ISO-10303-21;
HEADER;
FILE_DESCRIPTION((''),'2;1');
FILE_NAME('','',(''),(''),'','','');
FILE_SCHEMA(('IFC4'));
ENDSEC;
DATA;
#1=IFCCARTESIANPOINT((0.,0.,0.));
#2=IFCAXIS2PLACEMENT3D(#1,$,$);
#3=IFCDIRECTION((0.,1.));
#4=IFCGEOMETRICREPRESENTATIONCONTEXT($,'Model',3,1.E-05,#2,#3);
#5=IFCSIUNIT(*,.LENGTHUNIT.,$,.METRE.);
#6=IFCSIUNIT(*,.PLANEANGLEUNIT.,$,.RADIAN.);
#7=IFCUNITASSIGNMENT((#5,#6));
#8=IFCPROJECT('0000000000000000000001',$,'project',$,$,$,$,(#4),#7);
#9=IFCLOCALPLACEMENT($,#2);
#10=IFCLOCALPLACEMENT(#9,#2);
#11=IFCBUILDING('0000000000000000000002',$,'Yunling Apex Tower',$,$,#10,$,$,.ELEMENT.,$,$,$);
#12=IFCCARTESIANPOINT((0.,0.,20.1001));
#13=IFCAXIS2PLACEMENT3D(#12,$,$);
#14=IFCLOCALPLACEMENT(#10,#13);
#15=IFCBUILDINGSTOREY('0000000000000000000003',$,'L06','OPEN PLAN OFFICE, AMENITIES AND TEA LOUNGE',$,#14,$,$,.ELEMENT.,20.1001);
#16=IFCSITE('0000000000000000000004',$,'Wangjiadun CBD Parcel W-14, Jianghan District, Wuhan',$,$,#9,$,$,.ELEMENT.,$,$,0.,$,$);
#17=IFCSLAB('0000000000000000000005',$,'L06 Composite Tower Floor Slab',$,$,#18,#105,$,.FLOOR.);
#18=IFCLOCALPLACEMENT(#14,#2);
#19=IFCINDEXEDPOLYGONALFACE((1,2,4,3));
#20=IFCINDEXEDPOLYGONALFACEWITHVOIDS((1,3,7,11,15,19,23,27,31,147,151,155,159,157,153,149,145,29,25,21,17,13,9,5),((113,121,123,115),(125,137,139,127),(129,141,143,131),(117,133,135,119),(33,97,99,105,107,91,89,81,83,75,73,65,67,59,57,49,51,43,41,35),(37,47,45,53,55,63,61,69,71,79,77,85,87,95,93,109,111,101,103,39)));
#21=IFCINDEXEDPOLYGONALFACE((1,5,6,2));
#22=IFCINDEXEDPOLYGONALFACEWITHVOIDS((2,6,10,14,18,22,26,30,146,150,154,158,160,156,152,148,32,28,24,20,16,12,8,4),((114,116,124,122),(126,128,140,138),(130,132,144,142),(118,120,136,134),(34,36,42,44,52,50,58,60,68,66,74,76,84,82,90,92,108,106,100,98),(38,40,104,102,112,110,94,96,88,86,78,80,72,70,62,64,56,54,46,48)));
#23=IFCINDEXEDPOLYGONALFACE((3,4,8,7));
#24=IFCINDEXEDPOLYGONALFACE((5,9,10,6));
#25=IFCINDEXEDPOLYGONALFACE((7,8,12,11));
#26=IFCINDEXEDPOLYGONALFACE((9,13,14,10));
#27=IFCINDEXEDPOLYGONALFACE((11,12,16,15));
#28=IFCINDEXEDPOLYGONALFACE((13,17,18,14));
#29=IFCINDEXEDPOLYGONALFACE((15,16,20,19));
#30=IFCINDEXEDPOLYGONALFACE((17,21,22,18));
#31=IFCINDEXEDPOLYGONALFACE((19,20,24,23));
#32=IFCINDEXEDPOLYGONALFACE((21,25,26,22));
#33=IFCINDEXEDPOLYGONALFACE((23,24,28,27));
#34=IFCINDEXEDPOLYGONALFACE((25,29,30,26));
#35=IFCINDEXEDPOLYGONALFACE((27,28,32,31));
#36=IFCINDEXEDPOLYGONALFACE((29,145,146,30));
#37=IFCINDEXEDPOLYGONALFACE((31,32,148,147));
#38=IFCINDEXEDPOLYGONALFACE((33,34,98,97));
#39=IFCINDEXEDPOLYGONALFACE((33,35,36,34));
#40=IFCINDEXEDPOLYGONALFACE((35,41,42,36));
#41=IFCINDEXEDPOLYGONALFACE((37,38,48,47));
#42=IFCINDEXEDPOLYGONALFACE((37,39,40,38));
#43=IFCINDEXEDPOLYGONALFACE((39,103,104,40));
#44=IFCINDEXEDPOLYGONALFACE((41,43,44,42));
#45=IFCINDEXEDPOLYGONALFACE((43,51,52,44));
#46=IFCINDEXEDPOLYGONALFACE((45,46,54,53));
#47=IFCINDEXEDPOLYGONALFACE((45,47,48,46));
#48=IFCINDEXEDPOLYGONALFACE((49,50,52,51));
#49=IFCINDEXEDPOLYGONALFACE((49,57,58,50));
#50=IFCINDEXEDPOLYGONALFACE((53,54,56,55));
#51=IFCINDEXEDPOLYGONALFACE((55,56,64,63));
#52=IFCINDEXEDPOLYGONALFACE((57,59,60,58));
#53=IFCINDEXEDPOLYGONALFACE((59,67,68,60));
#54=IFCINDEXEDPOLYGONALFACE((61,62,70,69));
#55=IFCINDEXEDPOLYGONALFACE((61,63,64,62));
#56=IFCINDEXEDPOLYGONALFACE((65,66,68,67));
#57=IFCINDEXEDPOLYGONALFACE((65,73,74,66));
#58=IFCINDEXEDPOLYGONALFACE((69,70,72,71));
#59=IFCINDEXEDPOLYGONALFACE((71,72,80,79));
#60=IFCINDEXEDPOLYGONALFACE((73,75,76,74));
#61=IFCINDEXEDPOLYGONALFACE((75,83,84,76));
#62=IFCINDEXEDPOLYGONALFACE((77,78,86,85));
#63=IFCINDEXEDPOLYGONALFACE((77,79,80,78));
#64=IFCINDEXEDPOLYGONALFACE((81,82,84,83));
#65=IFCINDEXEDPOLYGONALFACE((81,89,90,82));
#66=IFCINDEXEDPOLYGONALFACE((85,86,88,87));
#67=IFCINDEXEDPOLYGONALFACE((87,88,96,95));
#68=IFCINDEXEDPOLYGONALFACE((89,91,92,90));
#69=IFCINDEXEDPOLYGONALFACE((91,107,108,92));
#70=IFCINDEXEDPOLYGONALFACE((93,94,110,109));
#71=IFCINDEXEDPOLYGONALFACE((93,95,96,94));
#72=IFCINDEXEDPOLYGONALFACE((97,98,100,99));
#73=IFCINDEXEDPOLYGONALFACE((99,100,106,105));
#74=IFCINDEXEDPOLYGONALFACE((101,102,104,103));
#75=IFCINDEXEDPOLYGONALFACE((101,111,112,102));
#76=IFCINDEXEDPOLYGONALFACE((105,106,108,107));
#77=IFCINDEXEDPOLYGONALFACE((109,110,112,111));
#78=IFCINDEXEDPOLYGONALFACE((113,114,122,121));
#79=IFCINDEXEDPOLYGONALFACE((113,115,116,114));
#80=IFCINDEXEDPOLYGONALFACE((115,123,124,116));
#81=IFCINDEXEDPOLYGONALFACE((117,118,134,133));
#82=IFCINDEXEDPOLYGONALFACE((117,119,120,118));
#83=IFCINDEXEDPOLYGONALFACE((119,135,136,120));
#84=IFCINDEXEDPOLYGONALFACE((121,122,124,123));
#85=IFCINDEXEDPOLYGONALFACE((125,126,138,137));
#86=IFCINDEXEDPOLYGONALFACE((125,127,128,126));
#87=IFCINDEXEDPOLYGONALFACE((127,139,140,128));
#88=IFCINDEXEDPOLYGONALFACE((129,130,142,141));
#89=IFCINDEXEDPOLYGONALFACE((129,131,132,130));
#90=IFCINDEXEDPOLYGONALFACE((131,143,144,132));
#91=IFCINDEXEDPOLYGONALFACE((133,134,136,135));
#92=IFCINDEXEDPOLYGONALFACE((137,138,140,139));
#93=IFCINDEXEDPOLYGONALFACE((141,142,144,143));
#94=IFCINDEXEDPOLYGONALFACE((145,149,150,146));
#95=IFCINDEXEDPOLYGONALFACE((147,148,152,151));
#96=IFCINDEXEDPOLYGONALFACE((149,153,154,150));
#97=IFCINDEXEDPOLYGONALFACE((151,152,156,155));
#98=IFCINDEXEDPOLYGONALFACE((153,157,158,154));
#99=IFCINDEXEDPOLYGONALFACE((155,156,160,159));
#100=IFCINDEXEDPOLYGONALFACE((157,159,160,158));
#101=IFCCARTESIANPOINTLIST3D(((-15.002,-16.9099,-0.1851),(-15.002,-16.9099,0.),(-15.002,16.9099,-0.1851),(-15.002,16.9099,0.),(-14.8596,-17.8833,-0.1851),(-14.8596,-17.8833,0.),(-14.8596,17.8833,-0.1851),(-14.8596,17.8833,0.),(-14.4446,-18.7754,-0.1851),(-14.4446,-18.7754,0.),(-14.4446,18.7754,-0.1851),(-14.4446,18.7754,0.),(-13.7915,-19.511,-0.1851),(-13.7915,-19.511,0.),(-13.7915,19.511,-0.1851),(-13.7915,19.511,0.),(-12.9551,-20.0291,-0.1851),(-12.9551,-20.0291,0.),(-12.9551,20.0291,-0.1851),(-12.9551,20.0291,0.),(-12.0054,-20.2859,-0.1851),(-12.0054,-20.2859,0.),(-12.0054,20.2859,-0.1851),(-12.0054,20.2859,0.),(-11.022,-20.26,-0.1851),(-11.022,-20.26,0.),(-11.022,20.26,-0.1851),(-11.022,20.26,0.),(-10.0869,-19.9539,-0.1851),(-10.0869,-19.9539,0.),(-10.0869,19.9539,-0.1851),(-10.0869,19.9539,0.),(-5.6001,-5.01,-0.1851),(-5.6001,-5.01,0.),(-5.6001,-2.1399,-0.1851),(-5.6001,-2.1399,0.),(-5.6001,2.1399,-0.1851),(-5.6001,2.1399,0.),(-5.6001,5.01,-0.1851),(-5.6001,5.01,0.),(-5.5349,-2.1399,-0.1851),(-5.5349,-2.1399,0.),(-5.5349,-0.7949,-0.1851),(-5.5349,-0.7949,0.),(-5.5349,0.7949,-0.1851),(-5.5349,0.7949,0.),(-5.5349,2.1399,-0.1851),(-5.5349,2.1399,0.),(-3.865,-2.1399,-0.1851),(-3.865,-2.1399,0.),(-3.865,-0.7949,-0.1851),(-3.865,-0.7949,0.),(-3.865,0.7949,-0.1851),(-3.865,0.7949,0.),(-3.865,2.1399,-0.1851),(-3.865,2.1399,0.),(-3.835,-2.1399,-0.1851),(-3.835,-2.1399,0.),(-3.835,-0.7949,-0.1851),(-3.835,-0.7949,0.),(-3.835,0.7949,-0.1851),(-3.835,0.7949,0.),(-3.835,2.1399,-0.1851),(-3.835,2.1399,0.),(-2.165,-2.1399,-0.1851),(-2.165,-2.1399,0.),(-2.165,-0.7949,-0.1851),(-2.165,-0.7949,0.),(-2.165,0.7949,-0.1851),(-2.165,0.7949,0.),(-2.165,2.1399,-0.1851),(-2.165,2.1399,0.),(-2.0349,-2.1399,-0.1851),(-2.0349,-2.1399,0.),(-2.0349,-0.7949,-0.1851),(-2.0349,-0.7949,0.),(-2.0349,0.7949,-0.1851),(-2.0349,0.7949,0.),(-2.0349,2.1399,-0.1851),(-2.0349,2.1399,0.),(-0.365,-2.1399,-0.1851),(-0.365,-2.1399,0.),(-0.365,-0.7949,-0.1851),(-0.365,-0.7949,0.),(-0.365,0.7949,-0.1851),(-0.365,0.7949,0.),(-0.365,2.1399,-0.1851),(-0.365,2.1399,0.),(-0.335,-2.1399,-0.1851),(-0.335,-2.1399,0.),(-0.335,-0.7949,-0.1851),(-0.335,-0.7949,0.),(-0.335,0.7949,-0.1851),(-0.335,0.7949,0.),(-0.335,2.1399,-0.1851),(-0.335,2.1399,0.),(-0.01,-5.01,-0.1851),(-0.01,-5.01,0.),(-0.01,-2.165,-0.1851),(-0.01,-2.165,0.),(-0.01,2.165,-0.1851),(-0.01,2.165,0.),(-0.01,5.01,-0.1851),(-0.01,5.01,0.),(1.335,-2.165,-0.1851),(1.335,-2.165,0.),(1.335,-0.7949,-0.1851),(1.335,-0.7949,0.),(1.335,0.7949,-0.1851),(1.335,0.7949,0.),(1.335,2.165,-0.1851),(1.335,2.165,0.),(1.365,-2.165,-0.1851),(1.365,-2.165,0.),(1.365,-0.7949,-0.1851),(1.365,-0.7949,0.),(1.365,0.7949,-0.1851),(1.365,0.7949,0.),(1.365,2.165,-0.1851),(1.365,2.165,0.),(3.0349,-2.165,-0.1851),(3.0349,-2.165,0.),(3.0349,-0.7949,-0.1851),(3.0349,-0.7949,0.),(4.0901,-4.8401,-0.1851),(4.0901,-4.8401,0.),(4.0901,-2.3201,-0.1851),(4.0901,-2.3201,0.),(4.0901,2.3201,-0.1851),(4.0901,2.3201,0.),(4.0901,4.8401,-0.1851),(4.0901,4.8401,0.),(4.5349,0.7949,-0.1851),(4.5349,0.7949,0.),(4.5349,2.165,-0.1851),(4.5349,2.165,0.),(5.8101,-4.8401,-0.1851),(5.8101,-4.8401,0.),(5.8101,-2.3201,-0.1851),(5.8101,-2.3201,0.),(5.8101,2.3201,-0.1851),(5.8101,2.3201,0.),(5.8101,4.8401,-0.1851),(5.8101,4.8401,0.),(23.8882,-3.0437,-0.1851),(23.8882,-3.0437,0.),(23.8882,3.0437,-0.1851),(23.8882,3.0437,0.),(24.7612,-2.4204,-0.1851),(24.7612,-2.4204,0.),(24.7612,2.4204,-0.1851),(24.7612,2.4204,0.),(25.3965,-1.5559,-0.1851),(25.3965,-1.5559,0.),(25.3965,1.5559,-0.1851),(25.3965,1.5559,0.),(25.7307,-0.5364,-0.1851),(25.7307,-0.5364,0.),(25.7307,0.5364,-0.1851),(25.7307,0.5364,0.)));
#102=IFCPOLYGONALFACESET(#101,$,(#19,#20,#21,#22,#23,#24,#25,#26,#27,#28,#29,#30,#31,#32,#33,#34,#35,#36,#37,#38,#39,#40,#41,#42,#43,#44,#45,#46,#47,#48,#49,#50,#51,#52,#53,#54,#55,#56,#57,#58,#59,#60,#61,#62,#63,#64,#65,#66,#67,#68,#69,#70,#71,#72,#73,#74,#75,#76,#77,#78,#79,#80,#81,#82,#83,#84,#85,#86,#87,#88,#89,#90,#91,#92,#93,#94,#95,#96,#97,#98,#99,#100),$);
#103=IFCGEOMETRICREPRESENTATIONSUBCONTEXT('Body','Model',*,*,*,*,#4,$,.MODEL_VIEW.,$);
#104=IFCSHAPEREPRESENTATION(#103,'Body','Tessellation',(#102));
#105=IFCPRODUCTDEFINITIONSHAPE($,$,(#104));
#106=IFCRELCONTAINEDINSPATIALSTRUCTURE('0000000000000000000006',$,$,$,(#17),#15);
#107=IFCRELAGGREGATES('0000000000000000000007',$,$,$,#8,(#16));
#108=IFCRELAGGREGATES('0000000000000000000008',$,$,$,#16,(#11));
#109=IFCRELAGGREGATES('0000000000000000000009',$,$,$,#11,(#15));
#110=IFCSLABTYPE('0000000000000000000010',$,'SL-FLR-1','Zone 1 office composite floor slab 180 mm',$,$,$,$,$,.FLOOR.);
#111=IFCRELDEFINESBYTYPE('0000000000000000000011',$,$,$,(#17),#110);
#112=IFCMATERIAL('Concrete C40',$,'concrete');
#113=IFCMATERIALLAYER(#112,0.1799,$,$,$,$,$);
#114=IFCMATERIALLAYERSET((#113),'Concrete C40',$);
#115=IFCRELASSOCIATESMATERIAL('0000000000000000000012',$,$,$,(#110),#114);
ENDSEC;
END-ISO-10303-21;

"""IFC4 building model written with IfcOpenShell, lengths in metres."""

from ifc_helpers import new_model, si_unit, direction, frame, origin, place, context, subcontext, project, spatial, polyline, outline, extrude, material, layer, layer_set, type_object, element, save


model = new_model("IFC4")

# Units and contexts
model_context = context("Model", 3, precision=1e-05, world=origin(), true_north=direction((0.0, 1.0)))
body_context = subcontext(model_context, "Body", "Model", "MODEL_VIEW")
ifc_project = project(units=[si_unit("LENGTHUNIT", "METRE"), si_unit("PLANEANGLEUNIT", "RADIAN")], contexts=[model_context])

# Site, building, storey
site_placement = place(None, origin())
site = spatial("IfcSite", under=ifc_project, at=site_placement, Name="Wangjiadun CBD Parcel W-14, Jianghan District, Wuhan", CompositionType="ELEMENT", RefElevation=0.0)
building_placement = place(site_placement, origin())
building = spatial("IfcBuilding", under=site, at=building_placement, Name="Yunling Apex Tower", CompositionType="ELEMENT")
storey_placement = place(building_placement, frame((0.0, 0.0, 20.1001)))
storey = spatial("IfcBuildingStorey", under=building, at=storey_placement, Name="L06", Description="OPEN PLAN OFFICE, AMENITIES AND TEA LOUNGE", CompositionType="ELEMENT", Elevation=20.1001)

# Slab
ifc_material_1 = material(Name="Concrete C40", Category="concrete")
ifc_layer_1 = layer(ifc_material_1, 0.1799)
ifc_layer_set_1 = layer_set([ifc_layer_1], Name="Concrete C40")
slab_type_1 = type_object("IfcSlabType", Name="SL-FLR-1", Description="Zone 1 office composite floor slab 180 mm", PredefinedType="FLOOR", material=ifc_layer_set_1)
slab_1_placement = place(storey_placement, frame((0.0, 0.0, -0.1851)))
element("IfcSlab", 1, at=slab_1_placement, inside=storey, type_object=slab_type_1, Name="L06 Composite Tower Floor Slab", PredefinedType="FLOOR", context=body_context, shape_type="SweptSolid", body=[
    extrude(outline(polyline([(-15.002, -16.9099), (-14.8596, -17.8833), (-14.4446, -18.7754), (-13.7915, -19.511), (-12.9551, -20.0291), (-12.0054, -20.2859), (-11.022, -20.26), (-10.0869, -19.9539), (23.8882, -3.0437), (24.7612, -2.4204), (25.3965, -1.5559), (25.7307, -0.5364), (25.7307, 0.5364), (25.3965, 1.5559), (24.7612, 2.4204), (23.8882, 3.0437), (-10.0869, 19.9539), (-11.022, 20.26), (-12.0054, 20.2859), (-12.9551, 20.0291), (-13.7915, 19.511), (-14.4446, 18.7754), (-14.8596, 17.8833), (-15.002, 16.9099), (-15.002, -16.9099)]), holes=[polyline([(5.8101, -2.3201), (5.8101, -4.8401), (4.0901, -4.8401), (4.0901, -2.3201), (5.8101, -2.3201)]), polyline([(5.8101, 4.8401), (5.8101, 2.3201), (4.0901, 2.3201), (4.0901, 4.8401), (5.8101, 4.8401)]), polyline([(4.5349, 0.7949), (1.365, 0.7949), (1.365, 2.165), (4.5349, 2.165), (4.5349, 0.7949)]), polyline([(3.0349, -2.165), (1.365, -2.165), (1.365, -0.7949), (3.0349, -0.7949), (3.0349, -2.165)]), polyline([(-5.6001, 5.01), (-0.01, 5.01), (-0.01, 2.165), (1.335, 2.165), (1.335, 0.7949), (-0.335, 0.7949), (-0.335, 2.1399), (-0.365, 2.1399), (-0.365, 0.7949), (-2.0349, 0.7949), (-2.0349, 2.1399), (-2.165, 2.1399), (-2.165, 0.7949), (-3.835, 0.7949), (-3.835, 2.1399), (-3.865, 2.1399), (-3.865, 0.7949), (-5.5349, 0.7949), (-5.5349, 2.1399), (-5.6001, 2.1399), (-5.6001, 5.01)]), polyline([(-3.865, -0.7949), (-3.865, -2.1399), (-3.835, -2.1399), (-3.835, -0.7949), (-2.165, -0.7949), (-2.165, -2.1399), (-2.0349, -2.1399), (-2.0349, -0.7949), (-0.365, -0.7949), (-0.365, -2.1399), (-0.335, -2.1399), (-0.335, -0.7949), (1.335, -0.7949), (1.335, -2.165), (-0.01, -2.165), (-0.01, -5.01), (-5.6001, -5.01), (-5.6001, -2.1399), (-5.5349, -2.1399), (-5.5349, -0.7949), (-3.865, -0.7949)])]), origin(), (0.0, 0.0, 1.0), 0.1851),
])

save(model, "model.ifc")
